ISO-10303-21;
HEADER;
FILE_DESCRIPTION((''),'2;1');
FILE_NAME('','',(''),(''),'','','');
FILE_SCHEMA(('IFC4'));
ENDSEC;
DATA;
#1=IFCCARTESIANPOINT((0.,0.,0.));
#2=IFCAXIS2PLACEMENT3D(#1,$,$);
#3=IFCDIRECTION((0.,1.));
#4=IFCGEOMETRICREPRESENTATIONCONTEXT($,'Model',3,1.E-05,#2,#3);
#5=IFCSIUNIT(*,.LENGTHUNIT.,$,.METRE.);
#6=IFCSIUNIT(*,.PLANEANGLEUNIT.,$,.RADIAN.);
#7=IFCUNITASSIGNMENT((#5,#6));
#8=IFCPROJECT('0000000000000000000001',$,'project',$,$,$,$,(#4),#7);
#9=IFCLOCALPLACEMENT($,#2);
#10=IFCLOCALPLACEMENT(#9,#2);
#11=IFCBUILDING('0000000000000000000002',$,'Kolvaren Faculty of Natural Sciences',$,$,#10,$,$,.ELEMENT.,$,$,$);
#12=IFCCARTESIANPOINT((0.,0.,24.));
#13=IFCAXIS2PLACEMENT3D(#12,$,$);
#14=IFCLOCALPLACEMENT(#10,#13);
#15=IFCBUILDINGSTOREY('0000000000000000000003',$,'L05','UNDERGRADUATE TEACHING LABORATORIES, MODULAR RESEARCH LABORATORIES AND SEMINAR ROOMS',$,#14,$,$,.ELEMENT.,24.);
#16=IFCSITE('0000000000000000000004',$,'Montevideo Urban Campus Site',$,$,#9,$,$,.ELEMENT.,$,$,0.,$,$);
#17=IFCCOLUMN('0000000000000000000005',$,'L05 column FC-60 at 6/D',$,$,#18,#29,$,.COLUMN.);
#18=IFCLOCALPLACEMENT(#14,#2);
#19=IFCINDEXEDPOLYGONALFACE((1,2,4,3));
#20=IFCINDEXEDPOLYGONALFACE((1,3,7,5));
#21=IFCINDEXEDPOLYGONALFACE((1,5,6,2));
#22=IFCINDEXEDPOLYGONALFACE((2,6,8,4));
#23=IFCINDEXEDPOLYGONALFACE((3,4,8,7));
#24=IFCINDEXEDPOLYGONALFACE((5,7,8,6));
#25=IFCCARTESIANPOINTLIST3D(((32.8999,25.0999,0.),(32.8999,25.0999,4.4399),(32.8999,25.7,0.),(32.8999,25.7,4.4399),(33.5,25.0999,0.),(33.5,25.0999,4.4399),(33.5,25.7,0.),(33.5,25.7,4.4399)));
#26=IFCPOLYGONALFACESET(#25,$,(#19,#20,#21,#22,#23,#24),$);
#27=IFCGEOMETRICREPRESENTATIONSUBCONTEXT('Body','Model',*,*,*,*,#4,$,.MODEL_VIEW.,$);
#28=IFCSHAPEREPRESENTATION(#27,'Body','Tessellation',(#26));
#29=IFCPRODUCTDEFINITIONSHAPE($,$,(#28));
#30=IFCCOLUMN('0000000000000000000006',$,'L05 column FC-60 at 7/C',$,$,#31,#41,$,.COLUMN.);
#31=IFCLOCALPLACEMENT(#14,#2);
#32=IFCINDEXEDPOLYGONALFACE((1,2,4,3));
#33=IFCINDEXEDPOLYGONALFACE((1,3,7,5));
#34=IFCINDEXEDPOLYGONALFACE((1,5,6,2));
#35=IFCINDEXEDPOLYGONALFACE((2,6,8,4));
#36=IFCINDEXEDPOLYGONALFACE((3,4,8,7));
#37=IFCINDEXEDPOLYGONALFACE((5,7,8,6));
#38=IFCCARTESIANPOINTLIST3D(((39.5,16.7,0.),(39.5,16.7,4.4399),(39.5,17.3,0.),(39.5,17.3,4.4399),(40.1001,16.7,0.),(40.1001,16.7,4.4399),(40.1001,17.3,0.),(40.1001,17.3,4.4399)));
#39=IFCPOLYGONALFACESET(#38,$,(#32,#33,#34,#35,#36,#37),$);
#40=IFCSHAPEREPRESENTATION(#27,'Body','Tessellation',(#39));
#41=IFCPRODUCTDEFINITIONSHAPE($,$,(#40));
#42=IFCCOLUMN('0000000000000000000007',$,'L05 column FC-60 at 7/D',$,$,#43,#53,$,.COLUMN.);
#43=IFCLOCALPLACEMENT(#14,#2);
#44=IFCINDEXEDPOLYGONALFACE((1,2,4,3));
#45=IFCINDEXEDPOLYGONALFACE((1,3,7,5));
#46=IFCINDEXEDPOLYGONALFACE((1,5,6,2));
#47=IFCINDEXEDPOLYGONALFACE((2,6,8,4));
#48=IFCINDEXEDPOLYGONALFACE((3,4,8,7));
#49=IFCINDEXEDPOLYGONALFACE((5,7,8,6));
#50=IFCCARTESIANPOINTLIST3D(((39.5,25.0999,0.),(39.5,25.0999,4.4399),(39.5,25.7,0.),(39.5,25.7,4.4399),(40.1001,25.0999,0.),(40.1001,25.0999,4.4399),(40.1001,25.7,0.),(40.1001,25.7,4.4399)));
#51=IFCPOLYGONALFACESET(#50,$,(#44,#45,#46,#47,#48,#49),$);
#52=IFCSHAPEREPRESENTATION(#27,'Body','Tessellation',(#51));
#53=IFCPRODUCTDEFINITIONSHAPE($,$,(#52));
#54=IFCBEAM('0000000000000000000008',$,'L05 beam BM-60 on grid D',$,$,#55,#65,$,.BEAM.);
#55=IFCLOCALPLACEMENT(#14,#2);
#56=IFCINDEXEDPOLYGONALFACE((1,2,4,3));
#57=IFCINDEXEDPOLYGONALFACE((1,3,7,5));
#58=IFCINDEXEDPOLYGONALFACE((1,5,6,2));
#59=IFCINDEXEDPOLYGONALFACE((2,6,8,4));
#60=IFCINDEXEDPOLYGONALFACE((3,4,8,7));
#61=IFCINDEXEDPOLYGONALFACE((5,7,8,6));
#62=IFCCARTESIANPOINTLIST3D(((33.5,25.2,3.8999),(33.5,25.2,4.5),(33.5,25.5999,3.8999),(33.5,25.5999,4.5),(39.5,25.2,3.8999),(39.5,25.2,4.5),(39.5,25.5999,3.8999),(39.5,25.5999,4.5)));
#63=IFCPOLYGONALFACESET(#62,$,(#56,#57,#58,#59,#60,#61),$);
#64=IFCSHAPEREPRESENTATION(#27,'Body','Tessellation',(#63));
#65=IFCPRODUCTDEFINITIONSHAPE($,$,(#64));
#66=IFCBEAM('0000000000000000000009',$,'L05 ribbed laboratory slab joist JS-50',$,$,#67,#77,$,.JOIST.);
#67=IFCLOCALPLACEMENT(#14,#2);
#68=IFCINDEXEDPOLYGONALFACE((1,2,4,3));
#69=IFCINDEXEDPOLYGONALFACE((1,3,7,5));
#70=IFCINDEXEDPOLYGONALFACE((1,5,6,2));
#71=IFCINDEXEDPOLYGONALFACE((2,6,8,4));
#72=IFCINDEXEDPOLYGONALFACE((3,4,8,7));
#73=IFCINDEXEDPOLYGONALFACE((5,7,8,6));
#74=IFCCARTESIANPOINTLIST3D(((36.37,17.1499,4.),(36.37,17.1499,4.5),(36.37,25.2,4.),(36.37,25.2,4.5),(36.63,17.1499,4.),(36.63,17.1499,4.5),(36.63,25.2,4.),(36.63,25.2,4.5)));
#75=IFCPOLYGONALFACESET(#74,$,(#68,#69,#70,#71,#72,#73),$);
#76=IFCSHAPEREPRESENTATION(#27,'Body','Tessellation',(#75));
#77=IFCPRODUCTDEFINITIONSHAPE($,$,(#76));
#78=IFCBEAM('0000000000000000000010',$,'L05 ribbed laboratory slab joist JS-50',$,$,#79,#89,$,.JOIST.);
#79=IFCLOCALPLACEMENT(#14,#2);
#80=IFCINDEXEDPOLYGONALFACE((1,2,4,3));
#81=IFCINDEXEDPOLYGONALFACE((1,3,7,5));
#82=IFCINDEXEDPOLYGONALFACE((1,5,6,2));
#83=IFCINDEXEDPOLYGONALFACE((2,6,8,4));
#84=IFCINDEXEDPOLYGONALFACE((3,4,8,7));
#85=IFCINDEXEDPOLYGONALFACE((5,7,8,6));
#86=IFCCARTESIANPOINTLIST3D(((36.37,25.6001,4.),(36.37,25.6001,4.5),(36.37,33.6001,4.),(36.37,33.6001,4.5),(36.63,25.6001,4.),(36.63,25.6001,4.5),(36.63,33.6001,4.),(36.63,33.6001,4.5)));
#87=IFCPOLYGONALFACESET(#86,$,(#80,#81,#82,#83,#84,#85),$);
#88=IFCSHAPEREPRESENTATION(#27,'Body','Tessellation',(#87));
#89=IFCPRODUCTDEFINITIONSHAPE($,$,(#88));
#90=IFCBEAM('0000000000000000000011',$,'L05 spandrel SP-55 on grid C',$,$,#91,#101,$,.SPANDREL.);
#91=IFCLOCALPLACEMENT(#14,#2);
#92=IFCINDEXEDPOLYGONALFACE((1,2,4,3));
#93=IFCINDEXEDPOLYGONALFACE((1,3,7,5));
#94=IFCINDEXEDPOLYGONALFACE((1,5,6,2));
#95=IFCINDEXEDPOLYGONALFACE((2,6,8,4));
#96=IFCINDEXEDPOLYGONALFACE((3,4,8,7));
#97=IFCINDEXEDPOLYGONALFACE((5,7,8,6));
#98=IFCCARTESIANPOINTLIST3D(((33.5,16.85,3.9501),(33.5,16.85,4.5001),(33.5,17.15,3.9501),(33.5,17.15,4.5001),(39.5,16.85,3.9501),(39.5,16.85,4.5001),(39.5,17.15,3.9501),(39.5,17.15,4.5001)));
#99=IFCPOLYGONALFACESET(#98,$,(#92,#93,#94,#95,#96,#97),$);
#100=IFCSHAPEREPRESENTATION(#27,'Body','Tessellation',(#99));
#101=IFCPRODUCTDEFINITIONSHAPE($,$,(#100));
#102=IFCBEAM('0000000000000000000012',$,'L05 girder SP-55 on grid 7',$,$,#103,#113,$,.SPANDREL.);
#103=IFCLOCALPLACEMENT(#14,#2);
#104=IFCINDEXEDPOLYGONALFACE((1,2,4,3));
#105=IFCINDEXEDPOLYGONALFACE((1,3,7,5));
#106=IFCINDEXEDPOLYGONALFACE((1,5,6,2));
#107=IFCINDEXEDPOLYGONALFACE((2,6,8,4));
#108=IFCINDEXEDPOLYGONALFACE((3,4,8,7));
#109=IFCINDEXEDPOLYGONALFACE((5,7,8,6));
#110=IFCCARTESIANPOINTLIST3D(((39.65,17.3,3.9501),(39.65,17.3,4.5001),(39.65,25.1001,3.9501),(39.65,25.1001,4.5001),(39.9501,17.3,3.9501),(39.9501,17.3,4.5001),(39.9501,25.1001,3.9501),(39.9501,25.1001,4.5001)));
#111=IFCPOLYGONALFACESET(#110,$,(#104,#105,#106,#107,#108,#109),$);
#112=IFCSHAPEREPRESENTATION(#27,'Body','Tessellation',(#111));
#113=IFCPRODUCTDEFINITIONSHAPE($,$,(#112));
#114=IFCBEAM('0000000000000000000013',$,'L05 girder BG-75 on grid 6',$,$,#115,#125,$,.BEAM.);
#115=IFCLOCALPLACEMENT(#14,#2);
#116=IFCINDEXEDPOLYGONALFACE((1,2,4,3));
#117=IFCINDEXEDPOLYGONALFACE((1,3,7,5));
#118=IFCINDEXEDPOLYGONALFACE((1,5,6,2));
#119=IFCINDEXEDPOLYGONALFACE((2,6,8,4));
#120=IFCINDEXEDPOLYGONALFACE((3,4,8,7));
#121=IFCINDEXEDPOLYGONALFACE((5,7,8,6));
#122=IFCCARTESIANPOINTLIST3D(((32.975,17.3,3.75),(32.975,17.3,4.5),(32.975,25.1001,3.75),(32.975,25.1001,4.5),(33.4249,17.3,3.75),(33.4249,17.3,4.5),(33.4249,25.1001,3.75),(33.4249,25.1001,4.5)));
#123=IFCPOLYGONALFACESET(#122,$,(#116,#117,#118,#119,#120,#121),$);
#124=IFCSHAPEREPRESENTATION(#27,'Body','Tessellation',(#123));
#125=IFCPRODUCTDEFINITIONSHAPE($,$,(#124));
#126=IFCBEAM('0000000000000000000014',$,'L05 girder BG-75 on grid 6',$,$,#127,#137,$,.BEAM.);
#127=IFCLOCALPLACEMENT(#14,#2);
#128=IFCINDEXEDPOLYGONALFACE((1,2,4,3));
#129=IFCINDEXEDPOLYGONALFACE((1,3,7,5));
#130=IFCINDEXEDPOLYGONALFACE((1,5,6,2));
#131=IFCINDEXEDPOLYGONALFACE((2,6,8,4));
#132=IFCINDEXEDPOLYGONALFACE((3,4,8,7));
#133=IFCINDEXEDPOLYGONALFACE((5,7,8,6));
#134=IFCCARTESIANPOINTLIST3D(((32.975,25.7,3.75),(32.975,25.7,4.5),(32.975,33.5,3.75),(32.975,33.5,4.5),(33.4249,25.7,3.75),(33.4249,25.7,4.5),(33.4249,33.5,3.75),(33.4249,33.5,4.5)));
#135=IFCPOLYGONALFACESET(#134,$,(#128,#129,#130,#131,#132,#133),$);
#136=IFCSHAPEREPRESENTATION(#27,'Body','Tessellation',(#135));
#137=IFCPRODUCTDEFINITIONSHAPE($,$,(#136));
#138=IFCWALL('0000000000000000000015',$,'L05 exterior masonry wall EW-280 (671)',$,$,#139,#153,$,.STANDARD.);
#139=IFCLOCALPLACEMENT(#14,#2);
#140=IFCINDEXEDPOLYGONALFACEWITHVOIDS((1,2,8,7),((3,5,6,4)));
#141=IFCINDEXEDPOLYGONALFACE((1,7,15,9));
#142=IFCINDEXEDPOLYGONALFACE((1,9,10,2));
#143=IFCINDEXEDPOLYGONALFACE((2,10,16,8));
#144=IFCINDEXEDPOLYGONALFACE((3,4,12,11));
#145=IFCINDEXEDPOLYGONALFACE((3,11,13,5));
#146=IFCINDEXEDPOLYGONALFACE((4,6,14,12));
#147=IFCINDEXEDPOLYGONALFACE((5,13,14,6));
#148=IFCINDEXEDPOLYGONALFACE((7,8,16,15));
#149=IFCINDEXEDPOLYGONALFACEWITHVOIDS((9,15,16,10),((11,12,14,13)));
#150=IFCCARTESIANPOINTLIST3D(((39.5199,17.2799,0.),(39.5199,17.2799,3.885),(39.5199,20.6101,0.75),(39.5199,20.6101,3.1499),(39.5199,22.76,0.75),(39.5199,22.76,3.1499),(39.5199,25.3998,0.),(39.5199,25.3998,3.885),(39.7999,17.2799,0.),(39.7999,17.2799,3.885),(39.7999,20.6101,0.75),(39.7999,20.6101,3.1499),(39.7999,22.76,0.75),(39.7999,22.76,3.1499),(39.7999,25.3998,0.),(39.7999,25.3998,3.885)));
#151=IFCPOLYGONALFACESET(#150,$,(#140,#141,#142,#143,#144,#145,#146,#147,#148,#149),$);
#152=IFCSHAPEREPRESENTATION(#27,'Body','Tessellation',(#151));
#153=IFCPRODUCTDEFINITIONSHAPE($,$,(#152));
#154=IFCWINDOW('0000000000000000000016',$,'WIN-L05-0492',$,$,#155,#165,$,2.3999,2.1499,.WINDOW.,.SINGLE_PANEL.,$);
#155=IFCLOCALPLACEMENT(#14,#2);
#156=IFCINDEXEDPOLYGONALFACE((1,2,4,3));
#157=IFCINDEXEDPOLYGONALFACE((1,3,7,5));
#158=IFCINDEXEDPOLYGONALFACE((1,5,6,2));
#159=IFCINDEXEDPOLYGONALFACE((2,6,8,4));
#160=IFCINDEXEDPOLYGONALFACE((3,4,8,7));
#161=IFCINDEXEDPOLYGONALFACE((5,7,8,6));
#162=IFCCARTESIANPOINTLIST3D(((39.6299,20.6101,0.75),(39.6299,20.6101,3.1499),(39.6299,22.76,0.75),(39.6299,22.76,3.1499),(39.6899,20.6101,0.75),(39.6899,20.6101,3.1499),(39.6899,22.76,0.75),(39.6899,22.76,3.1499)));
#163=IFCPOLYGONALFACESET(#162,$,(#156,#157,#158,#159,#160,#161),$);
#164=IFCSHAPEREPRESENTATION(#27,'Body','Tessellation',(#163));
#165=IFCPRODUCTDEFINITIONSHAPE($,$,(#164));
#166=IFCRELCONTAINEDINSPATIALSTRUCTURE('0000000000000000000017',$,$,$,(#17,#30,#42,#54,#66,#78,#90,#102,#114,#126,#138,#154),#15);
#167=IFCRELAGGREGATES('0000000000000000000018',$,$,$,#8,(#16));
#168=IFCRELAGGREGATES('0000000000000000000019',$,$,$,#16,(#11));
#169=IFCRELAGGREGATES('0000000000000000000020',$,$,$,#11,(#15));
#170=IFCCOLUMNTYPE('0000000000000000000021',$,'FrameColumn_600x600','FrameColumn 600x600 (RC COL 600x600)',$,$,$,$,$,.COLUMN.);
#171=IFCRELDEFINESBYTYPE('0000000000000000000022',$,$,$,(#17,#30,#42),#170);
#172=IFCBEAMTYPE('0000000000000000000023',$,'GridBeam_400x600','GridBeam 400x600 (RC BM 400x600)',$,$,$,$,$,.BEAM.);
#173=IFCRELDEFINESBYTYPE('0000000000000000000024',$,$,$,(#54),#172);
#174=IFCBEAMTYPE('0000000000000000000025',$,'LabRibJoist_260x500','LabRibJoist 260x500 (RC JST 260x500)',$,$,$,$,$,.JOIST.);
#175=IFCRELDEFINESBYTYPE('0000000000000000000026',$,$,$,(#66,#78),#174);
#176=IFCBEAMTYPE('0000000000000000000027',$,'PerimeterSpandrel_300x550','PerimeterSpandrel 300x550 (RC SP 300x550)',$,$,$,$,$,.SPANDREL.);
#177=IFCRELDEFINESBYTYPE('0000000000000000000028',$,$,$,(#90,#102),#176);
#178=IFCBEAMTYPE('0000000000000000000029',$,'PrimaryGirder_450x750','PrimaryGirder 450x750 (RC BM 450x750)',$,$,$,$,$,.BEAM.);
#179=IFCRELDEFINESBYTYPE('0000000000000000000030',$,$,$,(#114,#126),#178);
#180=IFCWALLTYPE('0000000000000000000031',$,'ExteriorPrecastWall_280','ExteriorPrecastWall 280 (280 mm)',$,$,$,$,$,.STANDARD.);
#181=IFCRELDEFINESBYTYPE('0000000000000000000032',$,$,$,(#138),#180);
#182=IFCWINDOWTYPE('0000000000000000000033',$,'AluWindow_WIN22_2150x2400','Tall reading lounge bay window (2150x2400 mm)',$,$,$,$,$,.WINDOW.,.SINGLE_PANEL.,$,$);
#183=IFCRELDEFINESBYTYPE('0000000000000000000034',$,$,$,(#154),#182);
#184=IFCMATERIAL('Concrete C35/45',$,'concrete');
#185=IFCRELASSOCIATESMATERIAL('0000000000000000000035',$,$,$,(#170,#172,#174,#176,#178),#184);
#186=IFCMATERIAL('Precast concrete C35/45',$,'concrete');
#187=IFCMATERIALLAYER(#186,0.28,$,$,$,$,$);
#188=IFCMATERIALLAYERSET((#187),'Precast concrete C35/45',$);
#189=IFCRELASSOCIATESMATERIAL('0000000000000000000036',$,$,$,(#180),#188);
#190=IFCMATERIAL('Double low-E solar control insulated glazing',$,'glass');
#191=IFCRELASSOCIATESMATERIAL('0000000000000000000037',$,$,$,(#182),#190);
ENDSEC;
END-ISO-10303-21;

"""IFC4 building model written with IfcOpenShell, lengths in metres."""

from ifc_helpers import new_model, si_unit, direction, frame, frame_2d, origin, origin_2d, place, context, subcontext, project, spatial, rectangle, extrude, material, layer, layer_set, material_profile, profile_set, type_object, element, fill, save


model = new_model("IFC4")

# Units and contexts
model_context = context("Model", 3, precision=1e-05, world=origin(), true_north=direction((0.0, 1.0)))
body_context = subcontext(model_context, "Body", "Model", "MODEL_VIEW")
ifc_project = project(units=[si_unit("LENGTHUNIT", "METRE"), si_unit("PLANEANGLEUNIT", "RADIAN")], contexts=[model_context])

# Site, building, storey
site_placement = place(None, origin())
site = spatial("IfcSite", under=ifc_project, at=site_placement, Name="Montevideo Urban Campus Site", CompositionType="ELEMENT", RefElevation=0.0)
building_placement = place(site_placement, origin())
building = spatial("IfcBuilding", under=site, at=building_placement, Name="Kolvaren Faculty of Natural Sciences", CompositionType="ELEMENT")
storey_placement = place(building_placement, frame((0.0, 0.0, 24.0)))
storey = spatial("IfcBuildingStorey", under=building, at=storey_placement, Name="L05", Description="UNDERGRADUATE TEACHING LABORATORIES, MODULAR RESEARCH LABORATORIES AND SEMINAR ROOMS", CompositionType="ELEMENT", Elevation=24.0)

# Columns
ifc_material_1 = material(Name="Concrete C35/45", Category="concrete")
ifc_material_profile_1 = material_profile(ifc_material_1, rectangle(XDim=0.6001, YDim=0.6001, at=origin_2d()), Name="RC COL 600x600")
ifc_profile_set_1 = profile_set([ifc_material_profile_1], Name="Concrete C35/45")
column_type = type_object("IfcColumnType", Name="FrameColumn_600x600", Description="FrameColumn 600x600 (RC COL 600x600)", PredefinedType="COLUMN", material=ifc_profile_set_1)
for number, where, z_axis, x_axis, name in (
    (1, (33.2, 25.3999, 0.0), (0.0, 0.0, 1.0), (1.0, 0.0, 0.0), "L05 column FC-60 at 6/D"),
    (2, (39.8, 17.0, 0.0), (0.0, 0.0, 1.0), (1.0, 0.0, 0.0), "L05 column FC-60 at 7/C"),
    (3, (39.8, 25.3999, 0.0), (0.0, 0.0, 1.0), (1.0, 0.0, 0.0), "L05 column FC-60 at 7/D"),
):
    element("IfcColumn", number, at=place(storey_placement, frame(where, z_axis=z_axis, x_axis=x_axis)), inside=storey, type_object=column_type, Name=name, PredefinedType="COLUMN", context=body_context, shape_type="SweptSolid", body=[
        extrude(rectangle(XDim=0.6001, YDim=0.6001, at=origin_2d()), origin(), (0.0, 0.0, 1.0), 4.4399),
    ])

# Beams
ifc_material_profile_2 = material_profile(ifc_material_1, rectangle(XDim=0.3999, YDim=0.6001, at=origin_2d()), Name="RC BM 400x600")
ifc_profile_set_2 = profile_set([ifc_material_profile_2], Name="Concrete C35/45")
beam_type_1 = type_object("IfcBeamType", Name="GridBeam_400x600", Description="GridBeam 400x600 (RC BM 400x600)", PredefinedType="BEAM", material=ifc_profile_set_2)
beam_1_placement = place(storey_placement, frame((33.5, 25.3999, 4.2), z_axis=(1.0, 0.0, 0.0), x_axis=(0.0, 1.0, 0.0)))
element("IfcBeam", 4, at=beam_1_placement, inside=storey, type_object=beam_type_1, Name="L05 beam BM-60 on grid D", PredefinedType="BEAM", context=body_context, shape_type="SweptSolid", body=[
    extrude(rectangle(XDim=0.3999, YDim=0.6001, at=origin_2d()), origin(), (0.0, 0.0, 1.0), 6.0),
])
ifc_material_profile_3 = material_profile(ifc_material_1, rectangle(XDim=0.26, YDim=0.5, at=origin_2d()), Name="RC JST 260x500")
ifc_profile_set_3 = profile_set([ifc_material_profile_3], Name="Concrete C35/45")
beam_type_2 = type_object("IfcBeamType", Name="LabRibJoist_260x500", Description="LabRibJoist 260x500 (RC JST 260x500)", PredefinedType="JOIST", material=ifc_profile_set_3)
beam_2_placement = place(storey_placement, frame((36.5, 17.1499, 4.25), z_axis=(0.0, 1.0, 0.0), x_axis=(-1.0, 0.0, 0.0)))
element("IfcBeam", 5, at=beam_2_placement, inside=storey, type_object=beam_type_2, Name="L05 ribbed laboratory slab joist JS-50", PredefinedType="JOIST", context=body_context, shape_type="SweptSolid", body=[
    extrude(rectangle(XDim=0.26, YDim=0.5, at=origin_2d()), origin(), (0.0, 0.0, 1.0), 8.05),
])
beam_3_placement = place(storey_placement, frame((36.5, 25.6001, 4.25), z_axis=(0.0, 1.0, 0.0), x_axis=(-1.0, 0.0, 0.0)))
element("IfcBeam", 6, at=beam_3_placement, inside=storey, type_object=beam_type_2, Name="L05 ribbed laboratory slab joist JS-50", PredefinedType="JOIST", context=body_context, shape_type="SweptSolid", body=[
    extrude(rectangle(XDim=0.26, YDim=0.5, at=origin_2d()), origin(), (0.0, 0.0, 1.0), 8.0),
])
ifc_material_profile_4 = material_profile(ifc_material_1, rectangle(XDim=0.3, YDim=0.55, at=origin_2d()), Name="RC SP 300x550")
ifc_profile_set_4 = profile_set([ifc_material_profile_4], Name="Concrete C35/45")
beam_type_3 = type_object("IfcBeamType", Name="PerimeterSpandrel_300x550", Description="PerimeterSpandrel 300x550 (RC SP 300x550)", PredefinedType="SPANDREL", material=ifc_profile_set_4)
beam_4_placement = place(storey_placement, frame((33.5, 17.0, 4.2251), z_axis=(1.0, 0.0, 0.0), x_axis=(0.0, 1.0, 0.0)))
element("IfcBeam", 7, at=beam_4_placement, inside=storey, type_object=beam_type_3, Name="L05 spandrel SP-55 on grid C", PredefinedType="SPANDREL", context=body_context, shape_type="SweptSolid", body=[
    extrude(rectangle(XDim=0.3, YDim=0.55, at=origin_2d()), origin(), (0.0, 0.0, 1.0), 6.0),
])
beam_5_placement = place(storey_placement, frame((39.8, 17.3, 4.2251), z_axis=(0.0, 1.0, 0.0), x_axis=(-1.0, 0.0, 0.0)))
element("IfcBeam", 8, at=beam_5_placement, inside=storey, type_object=beam_type_3, Name="L05 girder SP-55 on grid 7", PredefinedType="SPANDREL", context=body_context, shape_type="SweptSolid", body=[
    extrude(rectangle(XDim=0.3, YDim=0.55, at=origin_2d()), origin(), (0.0, 0.0, 1.0), 7.8),
])
ifc_material_profile_5 = material_profile(ifc_material_1, rectangle(XDim=0.45, YDim=0.75, at=origin_2d()), Name="RC BM 450x750")
ifc_profile_set_5 = profile_set([ifc_material_profile_5], Name="Concrete C35/45")
beam_type_4 = type_object("IfcBeamType", Name="PrimaryGirder_450x750", Description="PrimaryGirder 450x750 (RC BM 450x750)", PredefinedType="BEAM", material=ifc_profile_set_5)
for number, where, z_axis, x_axis, name in (
    (9, (33.2, 17.3, 4.125), (0.0, 1.0, 0.0), (-1.0, 0.0, 0.0), "L05 girder BG-75 on grid 6"),
    (10, (33.2, 25.7, 4.125), (0.0, 1.0, 0.0), (-1.0, 0.0, 0.0), "L05 girder BG-75 on grid 6"),
):
    element("IfcBeam", number, at=place(storey_placement, frame(where, z_axis=z_axis, x_axis=x_axis)), inside=storey, type_object=beam_type_4, Name=name, PredefinedType="BEAM", context=body_context, shape_type="SweptSolid", body=[
        extrude(rectangle(XDim=0.45, YDim=0.75, at=origin_2d()), origin(), (0.0, 0.0, 1.0), 7.8),
    ])

# Wall, opening, window
ifc_material_2 = material(Name="Precast concrete C35/45", Category="concrete")
ifc_layer_1 = layer(ifc_material_2, 0.28)
ifc_layer_set_1 = layer_set([ifc_layer_1], Name="Precast concrete C35/45")
wall_type_1 = type_object("IfcWallType", Name="ExteriorPrecastWall_280", Description="ExteriorPrecastWall 280 (280 mm)", PredefinedType="STANDARD", material=ifc_layer_set_1)
wall_1_placement = place(storey_placement, frame((39.6599, 25.3999, 0.0), z_axis=(0.0, 0.0, 1.0), x_axis=(0.0, -1.0, 0.0)))
wall_1 = element("IfcWall", 11, at=wall_1_placement, inside=storey, type_object=wall_type_1, Name="L05 exterior masonry wall EW-280 (671)", PredefinedType="STANDARD", context=body_context, shape_type="SweptSolid", body=[
    extrude(rectangle(XDim=8.1199, YDim=0.28, at=frame_2d((4.0601, 0.0))), origin(), (0.0, 0.0, 1.0), 3.885),
])
opening_1_placement = place(wall_1_placement, frame((2.6399, 0.0, 0.75)))
opening_1 = element("IfcOpeningElement", 12, at=opening_1_placement, cuts=wall_1, PredefinedType="OPENING", context=body_context, shape_type="SweptSolid", body=[
    extrude(rectangle(XDim=2.1499, YDim=2.3999, at=frame_2d((1.075, 1.2))), frame((0.0, 0.1499, 0.0), z_axis=(0.0, -1.0, 0.0), x_axis=(1.0, 0.0, 0.0)), (0.0, 0.0, 1.0), 0.3),
])
ifc_material_3 = material(Name="Double low-E solar control insulated glazing", Category="glass")
window_type_1 = type_object("IfcWindowType", Name="AluWindow_WIN22_2150x2400", Description="Tall reading lounge bay window (2150x2400 mm)", PartitioningType="SINGLE_PANEL", PredefinedType="WINDOW", material=ifc_material_3)
window_1_placement = place(opening_1_placement, origin())
window_1 = element("IfcWindow", 13, at=window_1_placement, inside=storey, type_object=window_type_1, Name="WIN-L05-0492", OverallHeight=2.3999, OverallWidth=2.1499, PartitioningType="SINGLE_PANEL", PredefinedType="WINDOW", context=body_context, shape_type="SweptSolid", body=[
    extrude(rectangle(XDim=2.1499, YDim=2.3999, at=frame_2d((1.075, 1.2))), frame((0.0, 0.03, 0.0), z_axis=(0.0, -1.0, 0.0), x_axis=(1.0, 0.0, 0.0)), (0.0, 0.0, 1.0), 0.0601),
])
fill(opening_1, window_1)

save(model, "model.ifc")
